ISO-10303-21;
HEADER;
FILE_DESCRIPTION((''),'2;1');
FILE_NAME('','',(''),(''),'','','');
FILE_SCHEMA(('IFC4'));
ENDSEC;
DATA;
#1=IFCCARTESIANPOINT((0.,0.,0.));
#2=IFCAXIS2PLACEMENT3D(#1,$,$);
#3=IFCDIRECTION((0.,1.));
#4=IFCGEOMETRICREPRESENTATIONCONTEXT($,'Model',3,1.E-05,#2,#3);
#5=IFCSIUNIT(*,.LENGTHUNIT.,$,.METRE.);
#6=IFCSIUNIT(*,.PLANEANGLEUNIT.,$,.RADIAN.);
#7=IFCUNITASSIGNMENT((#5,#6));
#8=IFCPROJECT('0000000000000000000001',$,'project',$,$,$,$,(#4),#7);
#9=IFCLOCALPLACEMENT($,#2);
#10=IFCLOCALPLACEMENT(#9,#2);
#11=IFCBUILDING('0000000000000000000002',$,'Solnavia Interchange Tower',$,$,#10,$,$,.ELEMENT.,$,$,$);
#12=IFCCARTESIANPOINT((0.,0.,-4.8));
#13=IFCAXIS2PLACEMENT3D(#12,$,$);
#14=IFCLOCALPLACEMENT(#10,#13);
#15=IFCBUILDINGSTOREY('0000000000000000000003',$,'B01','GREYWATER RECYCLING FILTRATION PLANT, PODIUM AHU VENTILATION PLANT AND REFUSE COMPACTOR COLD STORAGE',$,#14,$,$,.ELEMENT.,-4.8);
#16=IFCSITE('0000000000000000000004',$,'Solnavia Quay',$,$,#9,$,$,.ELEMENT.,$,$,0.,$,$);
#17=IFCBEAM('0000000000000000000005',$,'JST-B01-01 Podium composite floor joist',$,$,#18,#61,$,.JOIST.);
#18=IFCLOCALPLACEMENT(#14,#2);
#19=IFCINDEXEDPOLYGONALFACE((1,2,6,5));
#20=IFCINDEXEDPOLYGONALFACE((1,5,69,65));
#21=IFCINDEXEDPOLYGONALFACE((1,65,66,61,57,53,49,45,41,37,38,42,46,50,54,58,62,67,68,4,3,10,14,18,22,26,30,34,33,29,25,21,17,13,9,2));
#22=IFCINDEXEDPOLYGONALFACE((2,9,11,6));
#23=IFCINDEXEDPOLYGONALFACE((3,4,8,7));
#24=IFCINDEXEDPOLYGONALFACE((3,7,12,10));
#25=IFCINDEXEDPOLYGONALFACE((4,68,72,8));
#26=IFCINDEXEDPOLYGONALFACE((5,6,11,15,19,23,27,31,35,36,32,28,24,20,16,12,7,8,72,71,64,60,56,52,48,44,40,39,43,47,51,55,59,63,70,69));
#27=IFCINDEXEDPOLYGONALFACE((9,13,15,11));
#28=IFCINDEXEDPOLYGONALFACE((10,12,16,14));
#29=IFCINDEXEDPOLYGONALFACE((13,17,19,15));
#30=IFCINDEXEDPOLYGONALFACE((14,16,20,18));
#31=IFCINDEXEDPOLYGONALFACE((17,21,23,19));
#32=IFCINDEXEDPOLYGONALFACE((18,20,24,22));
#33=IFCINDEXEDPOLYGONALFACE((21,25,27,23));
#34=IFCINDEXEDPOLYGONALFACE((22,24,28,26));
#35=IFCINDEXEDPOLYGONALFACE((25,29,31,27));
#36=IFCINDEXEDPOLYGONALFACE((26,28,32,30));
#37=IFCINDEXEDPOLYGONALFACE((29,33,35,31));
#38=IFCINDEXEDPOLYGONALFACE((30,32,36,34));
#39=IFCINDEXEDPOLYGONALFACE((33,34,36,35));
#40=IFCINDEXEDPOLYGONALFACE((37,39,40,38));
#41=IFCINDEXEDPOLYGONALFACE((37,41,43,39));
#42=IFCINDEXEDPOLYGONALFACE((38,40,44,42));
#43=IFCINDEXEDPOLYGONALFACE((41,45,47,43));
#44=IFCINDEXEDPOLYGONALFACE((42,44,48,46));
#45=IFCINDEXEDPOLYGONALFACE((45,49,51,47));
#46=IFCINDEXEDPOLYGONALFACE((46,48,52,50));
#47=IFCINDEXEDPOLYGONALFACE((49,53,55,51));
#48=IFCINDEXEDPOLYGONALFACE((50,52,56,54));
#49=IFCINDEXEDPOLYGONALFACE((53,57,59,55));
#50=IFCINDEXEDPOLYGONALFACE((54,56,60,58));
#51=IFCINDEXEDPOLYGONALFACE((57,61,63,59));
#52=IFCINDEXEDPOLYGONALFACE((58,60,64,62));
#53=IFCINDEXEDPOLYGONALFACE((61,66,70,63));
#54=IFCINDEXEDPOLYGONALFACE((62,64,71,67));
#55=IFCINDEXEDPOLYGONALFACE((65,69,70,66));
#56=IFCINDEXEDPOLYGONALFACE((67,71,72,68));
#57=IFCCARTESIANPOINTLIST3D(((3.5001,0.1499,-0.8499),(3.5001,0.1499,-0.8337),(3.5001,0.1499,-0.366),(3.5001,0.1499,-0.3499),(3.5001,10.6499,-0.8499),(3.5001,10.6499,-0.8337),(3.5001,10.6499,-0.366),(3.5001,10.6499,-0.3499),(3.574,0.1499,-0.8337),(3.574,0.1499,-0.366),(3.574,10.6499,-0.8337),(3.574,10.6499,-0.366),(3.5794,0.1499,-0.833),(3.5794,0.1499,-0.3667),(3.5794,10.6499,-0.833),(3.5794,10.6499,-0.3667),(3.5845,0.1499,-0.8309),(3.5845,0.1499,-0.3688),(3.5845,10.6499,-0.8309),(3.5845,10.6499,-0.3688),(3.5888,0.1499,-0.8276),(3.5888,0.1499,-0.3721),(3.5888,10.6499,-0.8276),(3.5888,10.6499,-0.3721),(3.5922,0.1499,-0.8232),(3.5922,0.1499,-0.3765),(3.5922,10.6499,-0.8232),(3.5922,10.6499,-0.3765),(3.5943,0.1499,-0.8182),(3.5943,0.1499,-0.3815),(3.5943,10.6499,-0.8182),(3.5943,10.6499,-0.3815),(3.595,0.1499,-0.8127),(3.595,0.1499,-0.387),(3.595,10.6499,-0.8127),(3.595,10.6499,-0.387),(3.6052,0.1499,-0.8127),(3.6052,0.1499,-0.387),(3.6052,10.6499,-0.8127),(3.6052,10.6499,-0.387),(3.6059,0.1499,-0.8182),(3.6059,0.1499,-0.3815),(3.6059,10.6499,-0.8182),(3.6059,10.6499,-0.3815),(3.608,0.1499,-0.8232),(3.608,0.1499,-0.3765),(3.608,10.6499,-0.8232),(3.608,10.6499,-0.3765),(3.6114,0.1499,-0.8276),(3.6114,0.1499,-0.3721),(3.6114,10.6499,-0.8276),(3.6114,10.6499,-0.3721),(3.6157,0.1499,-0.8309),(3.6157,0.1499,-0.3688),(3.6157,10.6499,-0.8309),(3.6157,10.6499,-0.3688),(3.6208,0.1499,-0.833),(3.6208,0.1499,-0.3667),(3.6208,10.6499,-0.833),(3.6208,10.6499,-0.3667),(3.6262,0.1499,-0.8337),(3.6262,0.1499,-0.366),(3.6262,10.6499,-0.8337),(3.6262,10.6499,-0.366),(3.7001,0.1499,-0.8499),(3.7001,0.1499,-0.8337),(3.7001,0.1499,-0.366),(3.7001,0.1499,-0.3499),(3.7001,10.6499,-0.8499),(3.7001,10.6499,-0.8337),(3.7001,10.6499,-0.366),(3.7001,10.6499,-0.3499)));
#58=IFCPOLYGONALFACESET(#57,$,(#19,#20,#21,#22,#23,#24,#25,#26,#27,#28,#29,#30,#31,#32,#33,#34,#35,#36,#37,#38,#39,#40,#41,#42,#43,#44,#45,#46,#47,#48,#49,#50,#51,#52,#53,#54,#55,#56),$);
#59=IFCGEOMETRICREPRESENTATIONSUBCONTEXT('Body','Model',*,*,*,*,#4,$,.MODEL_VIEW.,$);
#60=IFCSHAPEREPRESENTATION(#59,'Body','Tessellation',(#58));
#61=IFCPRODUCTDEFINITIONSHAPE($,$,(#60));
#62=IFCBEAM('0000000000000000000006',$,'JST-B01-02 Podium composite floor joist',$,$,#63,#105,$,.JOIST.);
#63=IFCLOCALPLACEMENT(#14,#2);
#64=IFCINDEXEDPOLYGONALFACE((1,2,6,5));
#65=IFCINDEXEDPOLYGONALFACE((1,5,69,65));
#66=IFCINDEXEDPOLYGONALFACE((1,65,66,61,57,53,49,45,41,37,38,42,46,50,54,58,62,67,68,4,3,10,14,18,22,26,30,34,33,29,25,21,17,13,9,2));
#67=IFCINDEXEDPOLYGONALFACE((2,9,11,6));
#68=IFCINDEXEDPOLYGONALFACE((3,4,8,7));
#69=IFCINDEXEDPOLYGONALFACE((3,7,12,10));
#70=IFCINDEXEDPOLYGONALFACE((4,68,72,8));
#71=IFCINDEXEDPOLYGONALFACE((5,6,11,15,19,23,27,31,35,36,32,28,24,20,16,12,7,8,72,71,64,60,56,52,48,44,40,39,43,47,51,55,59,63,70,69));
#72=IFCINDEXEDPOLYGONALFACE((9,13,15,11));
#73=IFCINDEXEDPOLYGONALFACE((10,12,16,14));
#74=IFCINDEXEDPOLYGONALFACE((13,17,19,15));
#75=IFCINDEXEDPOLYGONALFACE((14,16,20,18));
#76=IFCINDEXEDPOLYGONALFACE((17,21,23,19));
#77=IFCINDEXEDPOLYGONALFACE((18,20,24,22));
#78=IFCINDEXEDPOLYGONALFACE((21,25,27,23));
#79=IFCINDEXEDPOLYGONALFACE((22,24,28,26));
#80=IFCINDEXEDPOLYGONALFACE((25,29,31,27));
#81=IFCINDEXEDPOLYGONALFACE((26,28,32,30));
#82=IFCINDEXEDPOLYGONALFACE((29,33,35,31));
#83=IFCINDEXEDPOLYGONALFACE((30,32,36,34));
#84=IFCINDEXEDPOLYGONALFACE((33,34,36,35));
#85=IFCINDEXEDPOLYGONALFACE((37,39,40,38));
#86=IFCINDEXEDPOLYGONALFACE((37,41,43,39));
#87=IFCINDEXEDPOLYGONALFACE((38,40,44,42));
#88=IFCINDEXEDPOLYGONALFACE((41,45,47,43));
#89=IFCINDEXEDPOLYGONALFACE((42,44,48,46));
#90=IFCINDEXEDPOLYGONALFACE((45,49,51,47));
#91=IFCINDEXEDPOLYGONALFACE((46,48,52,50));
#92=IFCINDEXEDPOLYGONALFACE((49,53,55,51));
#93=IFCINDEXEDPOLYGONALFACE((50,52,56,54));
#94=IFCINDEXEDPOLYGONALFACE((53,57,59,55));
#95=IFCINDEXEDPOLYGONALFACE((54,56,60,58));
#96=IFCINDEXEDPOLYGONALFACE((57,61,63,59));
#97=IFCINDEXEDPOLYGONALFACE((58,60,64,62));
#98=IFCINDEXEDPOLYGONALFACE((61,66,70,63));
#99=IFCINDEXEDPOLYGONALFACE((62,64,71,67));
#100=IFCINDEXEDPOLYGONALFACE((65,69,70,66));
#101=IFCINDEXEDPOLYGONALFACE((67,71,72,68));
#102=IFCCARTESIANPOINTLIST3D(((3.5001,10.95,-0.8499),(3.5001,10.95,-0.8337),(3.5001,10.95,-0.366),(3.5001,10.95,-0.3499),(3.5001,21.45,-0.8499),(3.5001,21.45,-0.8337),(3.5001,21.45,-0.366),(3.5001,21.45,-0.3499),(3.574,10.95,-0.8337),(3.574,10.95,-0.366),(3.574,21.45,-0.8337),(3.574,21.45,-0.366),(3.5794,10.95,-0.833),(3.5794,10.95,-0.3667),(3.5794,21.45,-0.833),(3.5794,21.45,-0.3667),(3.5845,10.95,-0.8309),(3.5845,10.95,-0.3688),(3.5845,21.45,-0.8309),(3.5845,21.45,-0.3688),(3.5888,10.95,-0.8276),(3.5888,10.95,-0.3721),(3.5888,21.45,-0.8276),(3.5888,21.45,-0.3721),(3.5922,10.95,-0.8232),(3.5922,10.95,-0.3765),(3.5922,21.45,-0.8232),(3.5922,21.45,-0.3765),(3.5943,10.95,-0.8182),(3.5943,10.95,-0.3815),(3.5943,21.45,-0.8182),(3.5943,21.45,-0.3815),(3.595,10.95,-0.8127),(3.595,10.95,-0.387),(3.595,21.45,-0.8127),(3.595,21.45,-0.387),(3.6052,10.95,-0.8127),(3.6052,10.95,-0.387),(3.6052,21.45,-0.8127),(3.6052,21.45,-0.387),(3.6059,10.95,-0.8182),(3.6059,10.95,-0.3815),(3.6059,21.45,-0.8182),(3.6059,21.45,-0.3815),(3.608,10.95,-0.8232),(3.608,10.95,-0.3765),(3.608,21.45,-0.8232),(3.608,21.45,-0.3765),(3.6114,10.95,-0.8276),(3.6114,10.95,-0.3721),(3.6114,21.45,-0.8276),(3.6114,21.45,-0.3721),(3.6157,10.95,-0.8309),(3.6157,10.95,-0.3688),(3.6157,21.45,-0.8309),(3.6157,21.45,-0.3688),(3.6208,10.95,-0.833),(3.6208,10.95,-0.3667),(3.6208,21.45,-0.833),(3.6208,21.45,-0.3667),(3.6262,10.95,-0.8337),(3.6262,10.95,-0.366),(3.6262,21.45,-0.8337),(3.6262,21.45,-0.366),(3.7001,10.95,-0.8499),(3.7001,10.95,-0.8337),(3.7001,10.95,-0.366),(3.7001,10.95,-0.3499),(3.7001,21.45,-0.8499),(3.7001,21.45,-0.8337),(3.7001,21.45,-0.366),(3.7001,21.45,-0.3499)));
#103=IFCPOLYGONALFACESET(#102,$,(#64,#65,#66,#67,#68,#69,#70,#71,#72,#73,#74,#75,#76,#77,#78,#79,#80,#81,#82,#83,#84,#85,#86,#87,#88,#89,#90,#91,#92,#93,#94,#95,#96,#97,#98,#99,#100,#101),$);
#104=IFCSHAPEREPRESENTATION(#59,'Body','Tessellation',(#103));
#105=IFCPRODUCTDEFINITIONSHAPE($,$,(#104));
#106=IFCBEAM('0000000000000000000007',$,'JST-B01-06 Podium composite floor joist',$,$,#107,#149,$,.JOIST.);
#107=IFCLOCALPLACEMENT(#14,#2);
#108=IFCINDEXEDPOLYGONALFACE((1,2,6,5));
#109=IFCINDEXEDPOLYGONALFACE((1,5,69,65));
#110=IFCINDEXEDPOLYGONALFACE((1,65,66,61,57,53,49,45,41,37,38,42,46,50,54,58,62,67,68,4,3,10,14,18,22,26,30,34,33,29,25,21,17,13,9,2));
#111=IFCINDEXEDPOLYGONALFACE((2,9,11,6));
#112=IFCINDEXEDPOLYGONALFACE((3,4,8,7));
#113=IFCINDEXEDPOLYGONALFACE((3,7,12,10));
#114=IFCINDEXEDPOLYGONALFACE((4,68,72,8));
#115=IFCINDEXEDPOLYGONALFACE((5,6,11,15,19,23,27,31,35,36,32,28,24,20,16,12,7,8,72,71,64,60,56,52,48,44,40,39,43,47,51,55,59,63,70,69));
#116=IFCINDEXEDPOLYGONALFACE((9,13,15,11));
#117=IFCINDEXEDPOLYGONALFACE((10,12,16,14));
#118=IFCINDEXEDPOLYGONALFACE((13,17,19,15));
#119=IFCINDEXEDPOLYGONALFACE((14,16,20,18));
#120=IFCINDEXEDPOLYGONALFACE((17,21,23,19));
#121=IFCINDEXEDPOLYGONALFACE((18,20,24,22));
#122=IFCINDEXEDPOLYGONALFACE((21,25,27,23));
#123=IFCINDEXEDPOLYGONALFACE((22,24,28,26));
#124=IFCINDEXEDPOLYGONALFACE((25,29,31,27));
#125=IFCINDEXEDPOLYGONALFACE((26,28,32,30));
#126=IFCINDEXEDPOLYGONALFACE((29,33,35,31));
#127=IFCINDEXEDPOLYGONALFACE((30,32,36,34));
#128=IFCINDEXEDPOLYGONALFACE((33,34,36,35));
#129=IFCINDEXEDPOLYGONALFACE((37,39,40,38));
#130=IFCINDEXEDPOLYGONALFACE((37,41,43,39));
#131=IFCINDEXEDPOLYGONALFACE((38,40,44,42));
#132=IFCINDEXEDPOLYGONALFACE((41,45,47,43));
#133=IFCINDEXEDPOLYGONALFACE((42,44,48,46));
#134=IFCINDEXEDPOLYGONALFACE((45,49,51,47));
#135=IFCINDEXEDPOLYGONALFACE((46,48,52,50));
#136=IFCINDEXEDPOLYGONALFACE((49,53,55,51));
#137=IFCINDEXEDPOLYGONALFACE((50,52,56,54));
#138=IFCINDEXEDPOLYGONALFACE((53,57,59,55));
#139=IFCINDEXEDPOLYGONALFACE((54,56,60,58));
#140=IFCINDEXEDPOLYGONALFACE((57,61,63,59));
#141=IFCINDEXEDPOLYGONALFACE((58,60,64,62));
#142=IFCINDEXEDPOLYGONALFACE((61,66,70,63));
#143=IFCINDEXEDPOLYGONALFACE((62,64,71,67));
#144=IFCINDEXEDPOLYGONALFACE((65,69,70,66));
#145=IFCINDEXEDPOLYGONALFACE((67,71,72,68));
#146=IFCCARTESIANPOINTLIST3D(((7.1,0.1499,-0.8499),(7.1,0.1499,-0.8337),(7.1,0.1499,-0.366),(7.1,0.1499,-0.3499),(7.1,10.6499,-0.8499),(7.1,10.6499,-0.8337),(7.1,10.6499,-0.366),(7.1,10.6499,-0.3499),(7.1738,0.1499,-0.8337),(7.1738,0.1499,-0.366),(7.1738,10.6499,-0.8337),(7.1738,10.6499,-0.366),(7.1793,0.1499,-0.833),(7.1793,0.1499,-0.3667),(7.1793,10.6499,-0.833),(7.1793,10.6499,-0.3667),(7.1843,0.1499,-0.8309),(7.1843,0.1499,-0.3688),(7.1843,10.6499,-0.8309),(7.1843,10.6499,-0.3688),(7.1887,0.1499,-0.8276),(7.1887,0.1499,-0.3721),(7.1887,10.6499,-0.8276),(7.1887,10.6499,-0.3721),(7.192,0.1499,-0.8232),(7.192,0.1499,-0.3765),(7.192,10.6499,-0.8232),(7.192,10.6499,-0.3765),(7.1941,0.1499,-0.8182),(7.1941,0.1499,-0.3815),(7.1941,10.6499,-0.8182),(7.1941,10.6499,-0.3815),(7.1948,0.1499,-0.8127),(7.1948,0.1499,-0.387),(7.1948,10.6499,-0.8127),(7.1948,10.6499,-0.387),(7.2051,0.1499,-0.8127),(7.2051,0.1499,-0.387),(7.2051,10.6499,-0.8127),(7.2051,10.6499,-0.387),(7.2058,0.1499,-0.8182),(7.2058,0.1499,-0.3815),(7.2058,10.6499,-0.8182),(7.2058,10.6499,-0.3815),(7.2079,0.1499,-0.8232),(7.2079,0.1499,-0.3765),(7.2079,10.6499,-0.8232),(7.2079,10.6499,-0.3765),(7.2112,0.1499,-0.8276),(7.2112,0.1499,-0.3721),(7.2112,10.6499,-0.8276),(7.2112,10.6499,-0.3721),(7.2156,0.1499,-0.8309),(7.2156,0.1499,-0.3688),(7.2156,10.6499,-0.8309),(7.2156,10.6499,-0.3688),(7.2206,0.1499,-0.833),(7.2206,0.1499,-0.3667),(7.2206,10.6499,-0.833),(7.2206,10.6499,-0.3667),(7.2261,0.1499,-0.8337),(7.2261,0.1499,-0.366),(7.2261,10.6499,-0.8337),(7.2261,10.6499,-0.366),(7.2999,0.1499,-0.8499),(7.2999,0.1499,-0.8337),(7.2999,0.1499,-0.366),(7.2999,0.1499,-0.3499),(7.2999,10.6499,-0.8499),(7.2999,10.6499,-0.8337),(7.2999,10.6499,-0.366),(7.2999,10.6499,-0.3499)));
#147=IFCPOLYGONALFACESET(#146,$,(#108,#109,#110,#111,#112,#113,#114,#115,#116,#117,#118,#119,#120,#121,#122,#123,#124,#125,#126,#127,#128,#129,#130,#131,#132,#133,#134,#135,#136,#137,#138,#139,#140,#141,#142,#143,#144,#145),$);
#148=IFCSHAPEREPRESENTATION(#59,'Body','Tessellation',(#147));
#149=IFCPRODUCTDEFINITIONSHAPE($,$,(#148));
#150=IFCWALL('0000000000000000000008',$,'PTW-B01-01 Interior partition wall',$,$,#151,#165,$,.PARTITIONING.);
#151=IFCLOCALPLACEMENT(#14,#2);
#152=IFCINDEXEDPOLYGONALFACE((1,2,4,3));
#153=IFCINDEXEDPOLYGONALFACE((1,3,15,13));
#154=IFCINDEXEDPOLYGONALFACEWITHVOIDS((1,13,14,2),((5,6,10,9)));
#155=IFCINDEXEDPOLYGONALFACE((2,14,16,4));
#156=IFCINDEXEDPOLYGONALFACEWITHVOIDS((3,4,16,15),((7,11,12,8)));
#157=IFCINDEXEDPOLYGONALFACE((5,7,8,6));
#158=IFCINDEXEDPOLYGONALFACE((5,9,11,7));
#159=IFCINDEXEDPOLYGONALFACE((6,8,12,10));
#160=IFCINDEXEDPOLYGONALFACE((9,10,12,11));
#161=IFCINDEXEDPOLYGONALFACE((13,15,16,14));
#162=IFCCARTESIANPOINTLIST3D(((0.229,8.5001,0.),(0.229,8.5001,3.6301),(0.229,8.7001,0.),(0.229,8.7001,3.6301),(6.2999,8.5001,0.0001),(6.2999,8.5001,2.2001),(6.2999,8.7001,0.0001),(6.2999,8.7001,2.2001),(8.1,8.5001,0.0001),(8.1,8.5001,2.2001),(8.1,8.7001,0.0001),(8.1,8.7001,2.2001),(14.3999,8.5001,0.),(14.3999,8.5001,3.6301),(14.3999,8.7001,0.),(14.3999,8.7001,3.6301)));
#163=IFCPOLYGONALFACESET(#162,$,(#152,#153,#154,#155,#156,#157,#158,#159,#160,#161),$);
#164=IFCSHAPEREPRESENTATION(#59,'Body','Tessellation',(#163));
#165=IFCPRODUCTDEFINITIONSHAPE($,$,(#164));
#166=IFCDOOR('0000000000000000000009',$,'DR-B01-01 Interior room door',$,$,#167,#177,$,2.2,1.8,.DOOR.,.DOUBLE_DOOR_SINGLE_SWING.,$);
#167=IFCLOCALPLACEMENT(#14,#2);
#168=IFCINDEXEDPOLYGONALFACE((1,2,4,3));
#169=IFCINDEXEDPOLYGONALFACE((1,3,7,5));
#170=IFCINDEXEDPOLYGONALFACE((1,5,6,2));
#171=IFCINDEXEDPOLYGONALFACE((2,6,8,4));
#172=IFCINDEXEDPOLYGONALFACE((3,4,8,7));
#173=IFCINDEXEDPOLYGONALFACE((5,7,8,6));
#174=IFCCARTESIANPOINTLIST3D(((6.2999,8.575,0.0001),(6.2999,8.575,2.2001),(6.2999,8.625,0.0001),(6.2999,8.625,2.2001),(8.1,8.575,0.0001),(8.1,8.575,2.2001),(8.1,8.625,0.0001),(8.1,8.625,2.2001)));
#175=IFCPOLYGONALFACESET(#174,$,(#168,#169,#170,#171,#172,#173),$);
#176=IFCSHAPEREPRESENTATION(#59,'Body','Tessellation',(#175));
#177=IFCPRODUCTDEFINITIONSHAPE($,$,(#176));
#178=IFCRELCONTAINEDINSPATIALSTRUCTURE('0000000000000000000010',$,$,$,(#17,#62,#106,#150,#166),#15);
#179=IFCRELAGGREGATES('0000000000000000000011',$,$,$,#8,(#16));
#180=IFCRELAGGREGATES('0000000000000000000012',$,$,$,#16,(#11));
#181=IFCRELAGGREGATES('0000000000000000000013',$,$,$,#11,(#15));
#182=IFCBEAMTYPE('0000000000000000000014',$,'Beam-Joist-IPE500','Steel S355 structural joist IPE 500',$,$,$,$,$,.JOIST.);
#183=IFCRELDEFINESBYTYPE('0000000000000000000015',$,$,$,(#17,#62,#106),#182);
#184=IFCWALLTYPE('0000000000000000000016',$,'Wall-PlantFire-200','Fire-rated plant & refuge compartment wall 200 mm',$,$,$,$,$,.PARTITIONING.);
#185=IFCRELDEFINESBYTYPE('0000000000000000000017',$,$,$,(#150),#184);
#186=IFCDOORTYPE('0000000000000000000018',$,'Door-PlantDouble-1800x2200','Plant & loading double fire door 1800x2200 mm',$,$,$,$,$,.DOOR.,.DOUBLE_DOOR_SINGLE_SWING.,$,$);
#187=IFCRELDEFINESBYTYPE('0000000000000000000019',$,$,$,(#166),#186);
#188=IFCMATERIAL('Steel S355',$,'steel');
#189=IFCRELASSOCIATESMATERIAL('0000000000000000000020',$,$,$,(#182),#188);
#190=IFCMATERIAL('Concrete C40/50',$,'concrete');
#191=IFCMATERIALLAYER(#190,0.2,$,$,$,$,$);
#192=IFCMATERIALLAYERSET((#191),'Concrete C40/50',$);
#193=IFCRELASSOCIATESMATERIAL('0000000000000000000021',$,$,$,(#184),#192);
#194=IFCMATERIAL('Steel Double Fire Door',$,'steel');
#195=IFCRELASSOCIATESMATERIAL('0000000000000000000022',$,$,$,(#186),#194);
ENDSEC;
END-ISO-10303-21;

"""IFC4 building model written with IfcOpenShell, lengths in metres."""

from ifc_helpers import new_model, si_unit, direction, frame, frame_2d, origin, origin_2d, place, context, subcontext, project, spatial, rectangle, i_section, extrude, material, layer, layer_set, material_profile, profile_set, type_object, element, fill, save


model = new_model("IFC4")

# Units and contexts
model_context = context("Model", 3, precision=1e-05, world=origin(), true_north=direction((0.0, 1.0)))
body_context = subcontext(model_context, "Body", "Model", "MODEL_VIEW")
ifc_project = project(units=[si_unit("LENGTHUNIT", "METRE"), si_unit("PLANEANGLEUNIT", "RADIAN")], contexts=[model_context])

# Site, building, storey
site_placement = place(None, origin())
site = spatial("IfcSite", under=ifc_project, at=site_placement, Name="Solnavia Quay", CompositionType="ELEMENT", RefElevation=0.0)
building_placement = place(site_placement, origin())
building = spatial("IfcBuilding", under=site, at=building_placement, Name="Solnavia Interchange Tower", CompositionType="ELEMENT")
storey_placement = place(building_placement, frame((0.0, 0.0, -4.8)))
storey = spatial("IfcBuildingStorey", under=building, at=storey_placement, Name="B01", Description="GREYWATER RECYCLING FILTRATION PLANT, PODIUM AHU VENTILATION PLANT AND REFUSE COMPACTOR COLD STORAGE", CompositionType="ELEMENT", Elevation=-4.8)

# Beams
ifc_material_1 = material(Name="Steel S355", Category="steel")
ifc_material_profile_1 = material_profile(ifc_material_1, i_section(OverallWidth=0.2, OverallDepth=0.5, WebThickness=0.0103, FlangeThickness=0.0161, FilletRadius=0.021, at=origin_2d()), Name="IPE 500")
ifc_profile_set_1 = profile_set([ifc_material_profile_1], Name="Steel S355")
beam_type_1 = type_object("IfcBeamType", Name="Beam-Joist-IPE500", Description="Steel S355 structural joist IPE 500", PredefinedType="JOIST", material=ifc_profile_set_1)
for number, where, z_axis, x_axis, name in (
    (1, (3.6001, 0.1499, -0.5999), (0.0, 1.0, 0.0), (-1.0, 0.0, 0.0), "JST-B01-01 Podium composite floor joist"),
    (2, (3.6001, 10.95, -0.5999), (0.0, 1.0, 0.0), (-1.0, 0.0, 0.0), "JST-B01-02 Podium composite floor joist"),
    (3, (7.2, 0.1499, -0.5999), (0.0, 1.0, 0.0), (-1.0, 0.0, 0.0), "JST-B01-06 Podium composite floor joist"),
):
    element("IfcBeam", number, at=place(storey_placement, frame(where, z_axis=z_axis, x_axis=x_axis)), inside=storey, type_object=beam_type_1, Name=name, PredefinedType="JOIST", context=body_context, shape_type="SweptSolid", body=[
        extrude(i_section(OverallWidth=0.2, OverallDepth=0.5, WebThickness=0.0103, FlangeThickness=0.0161, FilletRadius=0.021, at=origin_2d()), origin(), (0.0, 0.0, 1.0), 10.5),
    ])

# Wall, opening, door
ifc_material_2 = material(Name="Concrete C40/50", Category="concrete")
ifc_layer_1 = layer(ifc_material_2, 0.2)
ifc_layer_set_1 = layer_set([ifc_layer_1], Name="Concrete C40/50")
wall_type = type_object("IfcWallType", Name="Wall-PlantFire-200", Description="Fire-rated plant & refuge compartment wall 200 mm", PredefinedType="PARTITIONING", material=ifc_layer_set_1)
wall_1_placement = place(storey_placement, frame((0.229, 8.6001, 0.0), z_axis=(0.0, 0.0, 1.0), x_axis=(1.0, 0.0, 0.0)))
wall_1 = element("IfcWall", 4, at=wall_1_placement, inside=storey, type_object=wall_type, Name="PTW-B01-01 Interior partition wall", PredefinedType="PARTITIONING", context=body_context, shape_type="SweptSolid", body=[
    extrude(rectangle(XDim=14.1709, YDim=0.2, at=frame_2d((7.0854, 0.0))), origin(), (0.0, 0.0, 1.0), 3.6301),
])
opening_1_placement = place(wall_1_placement, frame((6.071, 0.0, 0.0)))
opening_1 = element("IfcOpeningElement", 5, at=opening_1_placement, cuts=wall_1, PredefinedType="OPENING", context=body_context, shape_type="SweptSolid", body=[
    extrude(rectangle(XDim=1.8, YDim=2.2, at=frame_2d((0.8999, 1.1001))), frame((0.0, 0.1099, 0.0), z_axis=(0.0, -1.0, 0.0), x_axis=(1.0, 0.0, 0.0)), (0.0, 0.0, 1.0), 0.22),
])
ifc_material_3 = material(Name="Steel Double Fire Door", Category="steel")
door_type_1 = type_object("IfcDoorType", Name="Door-PlantDouble-1800x2200", Description="Plant & loading double fire door 1800x2200 mm", OperationType="DOUBLE_DOOR_SINGLE_SWING", PredefinedType="DOOR", material=ifc_material_3)
door_1_placement = place(opening_1_placement, origin())
door_1 = element("IfcDoor", 6, at=door_1_placement, inside=storey, type_object=door_type_1, Name="DR-B01-01 Interior room door", OperationType="DOUBLE_DOOR_SINGLE_SWING", OverallHeight=2.2, OverallWidth=1.8, PredefinedType="DOOR", context=body_context, shape_type="SweptSolid", body=[
    extrude(rectangle(XDim=1.8, YDim=2.2, at=frame_2d((0.8999, 1.1001))), frame((0.0, 0.0249, 0.0), z_axis=(0.0, -1.0, 0.0), x_axis=(1.0, 0.0, 0.0)), (0.0, 0.0, 1.0), 0.05),
])
fill(opening_1, door_1)

save(model, "model.ifc")
